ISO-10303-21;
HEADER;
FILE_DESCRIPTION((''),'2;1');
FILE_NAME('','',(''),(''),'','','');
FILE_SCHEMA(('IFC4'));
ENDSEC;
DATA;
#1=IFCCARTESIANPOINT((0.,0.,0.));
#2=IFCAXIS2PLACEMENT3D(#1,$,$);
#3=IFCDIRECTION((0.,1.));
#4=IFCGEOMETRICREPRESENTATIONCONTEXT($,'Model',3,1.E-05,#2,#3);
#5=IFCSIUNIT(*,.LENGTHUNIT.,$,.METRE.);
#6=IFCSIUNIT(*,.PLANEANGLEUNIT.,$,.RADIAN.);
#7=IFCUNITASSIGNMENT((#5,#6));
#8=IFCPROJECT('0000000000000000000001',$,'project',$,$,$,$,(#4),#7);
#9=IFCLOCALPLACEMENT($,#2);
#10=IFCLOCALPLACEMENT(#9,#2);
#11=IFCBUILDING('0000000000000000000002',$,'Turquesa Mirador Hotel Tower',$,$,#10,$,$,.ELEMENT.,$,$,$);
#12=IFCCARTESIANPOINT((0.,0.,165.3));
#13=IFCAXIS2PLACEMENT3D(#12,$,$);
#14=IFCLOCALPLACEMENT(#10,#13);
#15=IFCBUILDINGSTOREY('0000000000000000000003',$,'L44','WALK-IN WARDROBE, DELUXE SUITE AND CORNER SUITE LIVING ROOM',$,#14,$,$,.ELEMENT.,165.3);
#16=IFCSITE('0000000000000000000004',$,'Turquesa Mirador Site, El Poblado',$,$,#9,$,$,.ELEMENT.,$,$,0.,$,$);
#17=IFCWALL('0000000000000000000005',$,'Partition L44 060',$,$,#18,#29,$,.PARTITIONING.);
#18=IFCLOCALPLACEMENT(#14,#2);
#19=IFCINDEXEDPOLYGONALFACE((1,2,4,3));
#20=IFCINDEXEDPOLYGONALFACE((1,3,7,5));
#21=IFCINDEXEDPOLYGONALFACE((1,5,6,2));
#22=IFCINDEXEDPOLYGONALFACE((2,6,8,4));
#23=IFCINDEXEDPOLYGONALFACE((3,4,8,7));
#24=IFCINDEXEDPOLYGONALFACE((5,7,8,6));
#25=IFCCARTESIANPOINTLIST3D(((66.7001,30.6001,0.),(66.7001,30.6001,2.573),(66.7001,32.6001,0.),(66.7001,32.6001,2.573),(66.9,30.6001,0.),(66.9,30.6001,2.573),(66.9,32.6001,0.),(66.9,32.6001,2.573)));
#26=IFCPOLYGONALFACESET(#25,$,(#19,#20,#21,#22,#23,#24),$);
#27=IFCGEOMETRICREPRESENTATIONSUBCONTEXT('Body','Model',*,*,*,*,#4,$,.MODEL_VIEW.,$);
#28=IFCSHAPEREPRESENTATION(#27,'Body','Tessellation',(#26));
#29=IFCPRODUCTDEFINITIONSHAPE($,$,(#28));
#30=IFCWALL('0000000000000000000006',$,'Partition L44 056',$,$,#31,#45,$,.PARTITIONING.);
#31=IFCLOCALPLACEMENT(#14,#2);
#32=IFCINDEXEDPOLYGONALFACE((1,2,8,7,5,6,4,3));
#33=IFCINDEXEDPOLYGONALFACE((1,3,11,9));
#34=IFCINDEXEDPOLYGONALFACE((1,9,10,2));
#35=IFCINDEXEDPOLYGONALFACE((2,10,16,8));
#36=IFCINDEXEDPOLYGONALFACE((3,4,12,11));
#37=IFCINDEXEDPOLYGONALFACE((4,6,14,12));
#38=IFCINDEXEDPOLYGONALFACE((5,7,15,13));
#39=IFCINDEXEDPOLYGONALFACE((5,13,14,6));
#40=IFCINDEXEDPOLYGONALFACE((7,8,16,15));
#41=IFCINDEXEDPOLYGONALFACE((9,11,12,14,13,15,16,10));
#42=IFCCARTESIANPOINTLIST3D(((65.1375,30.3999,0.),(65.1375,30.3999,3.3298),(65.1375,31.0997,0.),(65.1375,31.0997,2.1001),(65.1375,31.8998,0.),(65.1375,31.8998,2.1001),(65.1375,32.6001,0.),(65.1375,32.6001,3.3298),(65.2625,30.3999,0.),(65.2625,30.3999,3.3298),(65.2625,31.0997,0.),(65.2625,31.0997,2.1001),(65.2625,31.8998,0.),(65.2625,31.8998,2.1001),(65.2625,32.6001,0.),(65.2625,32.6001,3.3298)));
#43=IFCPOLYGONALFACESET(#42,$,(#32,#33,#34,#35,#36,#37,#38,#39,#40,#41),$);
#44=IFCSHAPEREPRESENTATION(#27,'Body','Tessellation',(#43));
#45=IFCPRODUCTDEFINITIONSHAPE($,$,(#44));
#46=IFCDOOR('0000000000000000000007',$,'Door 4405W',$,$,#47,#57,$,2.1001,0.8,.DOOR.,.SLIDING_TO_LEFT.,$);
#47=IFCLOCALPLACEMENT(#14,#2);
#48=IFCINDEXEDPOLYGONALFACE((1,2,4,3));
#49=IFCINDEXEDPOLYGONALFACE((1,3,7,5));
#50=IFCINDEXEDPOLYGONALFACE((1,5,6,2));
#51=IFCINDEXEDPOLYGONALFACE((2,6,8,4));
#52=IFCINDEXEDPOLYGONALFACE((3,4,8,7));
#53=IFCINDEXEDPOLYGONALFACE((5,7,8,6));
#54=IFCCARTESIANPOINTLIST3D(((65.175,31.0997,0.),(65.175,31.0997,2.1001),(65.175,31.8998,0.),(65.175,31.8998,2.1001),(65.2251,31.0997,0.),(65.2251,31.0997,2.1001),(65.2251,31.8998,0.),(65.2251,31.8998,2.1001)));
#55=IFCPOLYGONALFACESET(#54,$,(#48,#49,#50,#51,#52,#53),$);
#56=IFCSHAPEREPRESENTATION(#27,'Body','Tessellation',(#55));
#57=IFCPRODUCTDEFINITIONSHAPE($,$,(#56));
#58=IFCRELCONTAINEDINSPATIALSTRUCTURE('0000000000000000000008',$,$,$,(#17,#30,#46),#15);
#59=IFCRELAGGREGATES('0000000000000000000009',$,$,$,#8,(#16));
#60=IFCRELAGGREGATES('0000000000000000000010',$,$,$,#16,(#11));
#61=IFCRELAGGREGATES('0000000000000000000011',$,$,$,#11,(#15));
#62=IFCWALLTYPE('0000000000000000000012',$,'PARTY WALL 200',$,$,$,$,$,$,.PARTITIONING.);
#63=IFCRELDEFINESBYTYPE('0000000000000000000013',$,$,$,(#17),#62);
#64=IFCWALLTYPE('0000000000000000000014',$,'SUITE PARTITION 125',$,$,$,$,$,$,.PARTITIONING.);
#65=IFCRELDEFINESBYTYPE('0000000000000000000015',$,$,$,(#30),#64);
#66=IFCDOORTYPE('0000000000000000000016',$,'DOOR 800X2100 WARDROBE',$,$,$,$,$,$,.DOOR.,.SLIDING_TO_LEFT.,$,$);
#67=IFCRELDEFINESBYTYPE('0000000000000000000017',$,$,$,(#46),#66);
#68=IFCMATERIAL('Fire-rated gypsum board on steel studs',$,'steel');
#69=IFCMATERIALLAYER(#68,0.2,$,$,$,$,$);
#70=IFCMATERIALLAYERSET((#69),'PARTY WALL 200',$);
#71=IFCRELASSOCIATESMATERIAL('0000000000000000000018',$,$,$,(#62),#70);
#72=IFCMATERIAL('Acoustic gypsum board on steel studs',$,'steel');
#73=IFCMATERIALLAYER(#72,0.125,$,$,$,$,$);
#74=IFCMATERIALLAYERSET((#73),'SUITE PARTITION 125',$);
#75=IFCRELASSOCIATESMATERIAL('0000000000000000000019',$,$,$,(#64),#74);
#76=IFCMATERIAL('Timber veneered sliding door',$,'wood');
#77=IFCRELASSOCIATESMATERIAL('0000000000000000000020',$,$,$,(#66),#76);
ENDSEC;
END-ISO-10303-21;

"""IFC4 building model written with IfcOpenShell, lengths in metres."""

from ifc_helpers import new_model, si_unit, direction, frame, frame_2d, origin, place, context, subcontext, project, spatial, rectangle, extrude, material, layer, layer_set, type_object, element, fill, save


model = new_model("IFC4")

# Units and contexts
model_context = context("Model", 3, precision=1e-05, world=origin(), true_north=direction((0.0, 1.0)))
body_context = subcontext(model_context, "Body", "Model", "MODEL_VIEW")
ifc_project = project(units=[si_unit("LENGTHUNIT", "METRE"), si_unit("PLANEANGLEUNIT", "RADIAN")], contexts=[model_context])

# Site, building, storey
site_placement = place(None, origin())
site = spatial("IfcSite", under=ifc_project, at=site_placement, Name="Turquesa Mirador Site, El Poblado", CompositionType="ELEMENT", RefElevation=0.0)
building_placement = place(site_placement, origin())
building = spatial("IfcBuilding", under=site, at=building_placement, Name="Turquesa Mirador Hotel Tower", CompositionType="ELEMENT")
storey_placement = place(building_placement, frame((0.0, 0.0, 165.3)))
storey = spatial("IfcBuildingStorey", under=building, at=storey_placement, Name="L44", Description="WALK-IN WARDROBE, DELUXE SUITE AND CORNER SUITE LIVING ROOM", CompositionType="ELEMENT", Elevation=165.3)

# Wall
ifc_material_1 = material(Name="Fire-rated gypsum board on steel studs", Category="steel")
ifc_layer_1 = layer(ifc_material_1, 0.2)
ifc_layer_set_1 = layer_set([ifc_layer_1], Name="PARTY WALL 200")
wall_type_1 = type_object("IfcWallType", Name="PARTY WALL 200", PredefinedType="PARTITIONING", material=ifc_layer_set_1)
wall_1_placement = place(storey_placement, frame((66.8, 30.6001, 0.0), z_axis=(0.0, 0.0, 1.0), x_axis=(0.0, 1.0, 0.0)))
element("IfcWall", 1, at=wall_1_placement, inside=storey, type_object=wall_type_1, Name="Partition L44 060", PredefinedType="PARTITIONING", context=body_context, shape_type="SweptSolid", body=[
    extrude(rectangle(XDim=2.0, YDim=0.2, at=frame_2d((1.0, 0.0))), origin(), (0.0, 0.0, 1.0), 2.573),
])

# Wall, opening, door
ifc_material_2 = material(Name="Acoustic gypsum board on steel studs", Category="steel")
ifc_layer_2 = layer(ifc_material_2, 0.125)
ifc_layer_set_2 = layer_set([ifc_layer_2], Name="SUITE PARTITION 125")
wall_type_2 = type_object("IfcWallType", Name="SUITE PARTITION 125", PredefinedType="PARTITIONING", material=ifc_layer_set_2)
wall_2_placement = place(storey_placement, frame((65.2, 30.3999, 0.0), z_axis=(0.0, 0.0, 1.0), x_axis=(0.0, 1.0, 0.0)))
wall_2 = element("IfcWall", 2, at=wall_2_placement, inside=storey, type_object=wall_type_2, Name="Partition L44 056", PredefinedType="PARTITIONING", context=body_context, shape_type="SweptSolid", body=[
    extrude(rectangle(XDim=2.2002, YDim=0.125, at=frame_2d((1.1001, 0.0))), origin(), (0.0, 0.0, 1.0), 3.3298),
])
opening_1_placement = place(wall_2_placement, frame((0.7, 0.0, 0.0)))
opening_1 = element("IfcOpeningElement", 3, at=opening_1_placement, cuts=wall_2, PredefinedType="OPENING", context=body_context, shape_type="SweptSolid", body=[
    extrude(rectangle(XDim=0.8, YDim=2.1001, at=frame_2d((0.3999, 1.05))), frame((0.0, 0.0725, 0.0), z_axis=(0.0, -1.0, 0.0), x_axis=(1.0, 0.0, 0.0)), (0.0, 0.0, 1.0), 0.145),
])
ifc_material_3 = material(Name="Timber veneered sliding door", Category="wood")
door_type_1 = type_object("IfcDoorType", Name="DOOR 800X2100 WARDROBE", OperationType="SLIDING_TO_LEFT", PredefinedType="DOOR", material=ifc_material_3)
door_1_placement = place(opening_1_placement, origin())
door_1 = element("IfcDoor", 4, at=door_1_placement, inside=storey, type_object=door_type_1, Name="Door 4405W", OperationType="SLIDING_TO_LEFT", OverallHeight=2.1001, OverallWidth=0.8, PredefinedType="DOOR", context=body_context, shape_type="SweptSolid", body=[
    extrude(rectangle(XDim=0.8, YDim=2.1001, at=frame_2d((0.3999, 1.05))), frame((0.0, 0.0249, 0.0), z_axis=(0.0, -1.0, 0.0), x_axis=(1.0, 0.0, 0.0)), (0.0, 0.0, 1.0), 0.05),
])
fill(opening_1, door_1)

save(model, "model.ifc")
